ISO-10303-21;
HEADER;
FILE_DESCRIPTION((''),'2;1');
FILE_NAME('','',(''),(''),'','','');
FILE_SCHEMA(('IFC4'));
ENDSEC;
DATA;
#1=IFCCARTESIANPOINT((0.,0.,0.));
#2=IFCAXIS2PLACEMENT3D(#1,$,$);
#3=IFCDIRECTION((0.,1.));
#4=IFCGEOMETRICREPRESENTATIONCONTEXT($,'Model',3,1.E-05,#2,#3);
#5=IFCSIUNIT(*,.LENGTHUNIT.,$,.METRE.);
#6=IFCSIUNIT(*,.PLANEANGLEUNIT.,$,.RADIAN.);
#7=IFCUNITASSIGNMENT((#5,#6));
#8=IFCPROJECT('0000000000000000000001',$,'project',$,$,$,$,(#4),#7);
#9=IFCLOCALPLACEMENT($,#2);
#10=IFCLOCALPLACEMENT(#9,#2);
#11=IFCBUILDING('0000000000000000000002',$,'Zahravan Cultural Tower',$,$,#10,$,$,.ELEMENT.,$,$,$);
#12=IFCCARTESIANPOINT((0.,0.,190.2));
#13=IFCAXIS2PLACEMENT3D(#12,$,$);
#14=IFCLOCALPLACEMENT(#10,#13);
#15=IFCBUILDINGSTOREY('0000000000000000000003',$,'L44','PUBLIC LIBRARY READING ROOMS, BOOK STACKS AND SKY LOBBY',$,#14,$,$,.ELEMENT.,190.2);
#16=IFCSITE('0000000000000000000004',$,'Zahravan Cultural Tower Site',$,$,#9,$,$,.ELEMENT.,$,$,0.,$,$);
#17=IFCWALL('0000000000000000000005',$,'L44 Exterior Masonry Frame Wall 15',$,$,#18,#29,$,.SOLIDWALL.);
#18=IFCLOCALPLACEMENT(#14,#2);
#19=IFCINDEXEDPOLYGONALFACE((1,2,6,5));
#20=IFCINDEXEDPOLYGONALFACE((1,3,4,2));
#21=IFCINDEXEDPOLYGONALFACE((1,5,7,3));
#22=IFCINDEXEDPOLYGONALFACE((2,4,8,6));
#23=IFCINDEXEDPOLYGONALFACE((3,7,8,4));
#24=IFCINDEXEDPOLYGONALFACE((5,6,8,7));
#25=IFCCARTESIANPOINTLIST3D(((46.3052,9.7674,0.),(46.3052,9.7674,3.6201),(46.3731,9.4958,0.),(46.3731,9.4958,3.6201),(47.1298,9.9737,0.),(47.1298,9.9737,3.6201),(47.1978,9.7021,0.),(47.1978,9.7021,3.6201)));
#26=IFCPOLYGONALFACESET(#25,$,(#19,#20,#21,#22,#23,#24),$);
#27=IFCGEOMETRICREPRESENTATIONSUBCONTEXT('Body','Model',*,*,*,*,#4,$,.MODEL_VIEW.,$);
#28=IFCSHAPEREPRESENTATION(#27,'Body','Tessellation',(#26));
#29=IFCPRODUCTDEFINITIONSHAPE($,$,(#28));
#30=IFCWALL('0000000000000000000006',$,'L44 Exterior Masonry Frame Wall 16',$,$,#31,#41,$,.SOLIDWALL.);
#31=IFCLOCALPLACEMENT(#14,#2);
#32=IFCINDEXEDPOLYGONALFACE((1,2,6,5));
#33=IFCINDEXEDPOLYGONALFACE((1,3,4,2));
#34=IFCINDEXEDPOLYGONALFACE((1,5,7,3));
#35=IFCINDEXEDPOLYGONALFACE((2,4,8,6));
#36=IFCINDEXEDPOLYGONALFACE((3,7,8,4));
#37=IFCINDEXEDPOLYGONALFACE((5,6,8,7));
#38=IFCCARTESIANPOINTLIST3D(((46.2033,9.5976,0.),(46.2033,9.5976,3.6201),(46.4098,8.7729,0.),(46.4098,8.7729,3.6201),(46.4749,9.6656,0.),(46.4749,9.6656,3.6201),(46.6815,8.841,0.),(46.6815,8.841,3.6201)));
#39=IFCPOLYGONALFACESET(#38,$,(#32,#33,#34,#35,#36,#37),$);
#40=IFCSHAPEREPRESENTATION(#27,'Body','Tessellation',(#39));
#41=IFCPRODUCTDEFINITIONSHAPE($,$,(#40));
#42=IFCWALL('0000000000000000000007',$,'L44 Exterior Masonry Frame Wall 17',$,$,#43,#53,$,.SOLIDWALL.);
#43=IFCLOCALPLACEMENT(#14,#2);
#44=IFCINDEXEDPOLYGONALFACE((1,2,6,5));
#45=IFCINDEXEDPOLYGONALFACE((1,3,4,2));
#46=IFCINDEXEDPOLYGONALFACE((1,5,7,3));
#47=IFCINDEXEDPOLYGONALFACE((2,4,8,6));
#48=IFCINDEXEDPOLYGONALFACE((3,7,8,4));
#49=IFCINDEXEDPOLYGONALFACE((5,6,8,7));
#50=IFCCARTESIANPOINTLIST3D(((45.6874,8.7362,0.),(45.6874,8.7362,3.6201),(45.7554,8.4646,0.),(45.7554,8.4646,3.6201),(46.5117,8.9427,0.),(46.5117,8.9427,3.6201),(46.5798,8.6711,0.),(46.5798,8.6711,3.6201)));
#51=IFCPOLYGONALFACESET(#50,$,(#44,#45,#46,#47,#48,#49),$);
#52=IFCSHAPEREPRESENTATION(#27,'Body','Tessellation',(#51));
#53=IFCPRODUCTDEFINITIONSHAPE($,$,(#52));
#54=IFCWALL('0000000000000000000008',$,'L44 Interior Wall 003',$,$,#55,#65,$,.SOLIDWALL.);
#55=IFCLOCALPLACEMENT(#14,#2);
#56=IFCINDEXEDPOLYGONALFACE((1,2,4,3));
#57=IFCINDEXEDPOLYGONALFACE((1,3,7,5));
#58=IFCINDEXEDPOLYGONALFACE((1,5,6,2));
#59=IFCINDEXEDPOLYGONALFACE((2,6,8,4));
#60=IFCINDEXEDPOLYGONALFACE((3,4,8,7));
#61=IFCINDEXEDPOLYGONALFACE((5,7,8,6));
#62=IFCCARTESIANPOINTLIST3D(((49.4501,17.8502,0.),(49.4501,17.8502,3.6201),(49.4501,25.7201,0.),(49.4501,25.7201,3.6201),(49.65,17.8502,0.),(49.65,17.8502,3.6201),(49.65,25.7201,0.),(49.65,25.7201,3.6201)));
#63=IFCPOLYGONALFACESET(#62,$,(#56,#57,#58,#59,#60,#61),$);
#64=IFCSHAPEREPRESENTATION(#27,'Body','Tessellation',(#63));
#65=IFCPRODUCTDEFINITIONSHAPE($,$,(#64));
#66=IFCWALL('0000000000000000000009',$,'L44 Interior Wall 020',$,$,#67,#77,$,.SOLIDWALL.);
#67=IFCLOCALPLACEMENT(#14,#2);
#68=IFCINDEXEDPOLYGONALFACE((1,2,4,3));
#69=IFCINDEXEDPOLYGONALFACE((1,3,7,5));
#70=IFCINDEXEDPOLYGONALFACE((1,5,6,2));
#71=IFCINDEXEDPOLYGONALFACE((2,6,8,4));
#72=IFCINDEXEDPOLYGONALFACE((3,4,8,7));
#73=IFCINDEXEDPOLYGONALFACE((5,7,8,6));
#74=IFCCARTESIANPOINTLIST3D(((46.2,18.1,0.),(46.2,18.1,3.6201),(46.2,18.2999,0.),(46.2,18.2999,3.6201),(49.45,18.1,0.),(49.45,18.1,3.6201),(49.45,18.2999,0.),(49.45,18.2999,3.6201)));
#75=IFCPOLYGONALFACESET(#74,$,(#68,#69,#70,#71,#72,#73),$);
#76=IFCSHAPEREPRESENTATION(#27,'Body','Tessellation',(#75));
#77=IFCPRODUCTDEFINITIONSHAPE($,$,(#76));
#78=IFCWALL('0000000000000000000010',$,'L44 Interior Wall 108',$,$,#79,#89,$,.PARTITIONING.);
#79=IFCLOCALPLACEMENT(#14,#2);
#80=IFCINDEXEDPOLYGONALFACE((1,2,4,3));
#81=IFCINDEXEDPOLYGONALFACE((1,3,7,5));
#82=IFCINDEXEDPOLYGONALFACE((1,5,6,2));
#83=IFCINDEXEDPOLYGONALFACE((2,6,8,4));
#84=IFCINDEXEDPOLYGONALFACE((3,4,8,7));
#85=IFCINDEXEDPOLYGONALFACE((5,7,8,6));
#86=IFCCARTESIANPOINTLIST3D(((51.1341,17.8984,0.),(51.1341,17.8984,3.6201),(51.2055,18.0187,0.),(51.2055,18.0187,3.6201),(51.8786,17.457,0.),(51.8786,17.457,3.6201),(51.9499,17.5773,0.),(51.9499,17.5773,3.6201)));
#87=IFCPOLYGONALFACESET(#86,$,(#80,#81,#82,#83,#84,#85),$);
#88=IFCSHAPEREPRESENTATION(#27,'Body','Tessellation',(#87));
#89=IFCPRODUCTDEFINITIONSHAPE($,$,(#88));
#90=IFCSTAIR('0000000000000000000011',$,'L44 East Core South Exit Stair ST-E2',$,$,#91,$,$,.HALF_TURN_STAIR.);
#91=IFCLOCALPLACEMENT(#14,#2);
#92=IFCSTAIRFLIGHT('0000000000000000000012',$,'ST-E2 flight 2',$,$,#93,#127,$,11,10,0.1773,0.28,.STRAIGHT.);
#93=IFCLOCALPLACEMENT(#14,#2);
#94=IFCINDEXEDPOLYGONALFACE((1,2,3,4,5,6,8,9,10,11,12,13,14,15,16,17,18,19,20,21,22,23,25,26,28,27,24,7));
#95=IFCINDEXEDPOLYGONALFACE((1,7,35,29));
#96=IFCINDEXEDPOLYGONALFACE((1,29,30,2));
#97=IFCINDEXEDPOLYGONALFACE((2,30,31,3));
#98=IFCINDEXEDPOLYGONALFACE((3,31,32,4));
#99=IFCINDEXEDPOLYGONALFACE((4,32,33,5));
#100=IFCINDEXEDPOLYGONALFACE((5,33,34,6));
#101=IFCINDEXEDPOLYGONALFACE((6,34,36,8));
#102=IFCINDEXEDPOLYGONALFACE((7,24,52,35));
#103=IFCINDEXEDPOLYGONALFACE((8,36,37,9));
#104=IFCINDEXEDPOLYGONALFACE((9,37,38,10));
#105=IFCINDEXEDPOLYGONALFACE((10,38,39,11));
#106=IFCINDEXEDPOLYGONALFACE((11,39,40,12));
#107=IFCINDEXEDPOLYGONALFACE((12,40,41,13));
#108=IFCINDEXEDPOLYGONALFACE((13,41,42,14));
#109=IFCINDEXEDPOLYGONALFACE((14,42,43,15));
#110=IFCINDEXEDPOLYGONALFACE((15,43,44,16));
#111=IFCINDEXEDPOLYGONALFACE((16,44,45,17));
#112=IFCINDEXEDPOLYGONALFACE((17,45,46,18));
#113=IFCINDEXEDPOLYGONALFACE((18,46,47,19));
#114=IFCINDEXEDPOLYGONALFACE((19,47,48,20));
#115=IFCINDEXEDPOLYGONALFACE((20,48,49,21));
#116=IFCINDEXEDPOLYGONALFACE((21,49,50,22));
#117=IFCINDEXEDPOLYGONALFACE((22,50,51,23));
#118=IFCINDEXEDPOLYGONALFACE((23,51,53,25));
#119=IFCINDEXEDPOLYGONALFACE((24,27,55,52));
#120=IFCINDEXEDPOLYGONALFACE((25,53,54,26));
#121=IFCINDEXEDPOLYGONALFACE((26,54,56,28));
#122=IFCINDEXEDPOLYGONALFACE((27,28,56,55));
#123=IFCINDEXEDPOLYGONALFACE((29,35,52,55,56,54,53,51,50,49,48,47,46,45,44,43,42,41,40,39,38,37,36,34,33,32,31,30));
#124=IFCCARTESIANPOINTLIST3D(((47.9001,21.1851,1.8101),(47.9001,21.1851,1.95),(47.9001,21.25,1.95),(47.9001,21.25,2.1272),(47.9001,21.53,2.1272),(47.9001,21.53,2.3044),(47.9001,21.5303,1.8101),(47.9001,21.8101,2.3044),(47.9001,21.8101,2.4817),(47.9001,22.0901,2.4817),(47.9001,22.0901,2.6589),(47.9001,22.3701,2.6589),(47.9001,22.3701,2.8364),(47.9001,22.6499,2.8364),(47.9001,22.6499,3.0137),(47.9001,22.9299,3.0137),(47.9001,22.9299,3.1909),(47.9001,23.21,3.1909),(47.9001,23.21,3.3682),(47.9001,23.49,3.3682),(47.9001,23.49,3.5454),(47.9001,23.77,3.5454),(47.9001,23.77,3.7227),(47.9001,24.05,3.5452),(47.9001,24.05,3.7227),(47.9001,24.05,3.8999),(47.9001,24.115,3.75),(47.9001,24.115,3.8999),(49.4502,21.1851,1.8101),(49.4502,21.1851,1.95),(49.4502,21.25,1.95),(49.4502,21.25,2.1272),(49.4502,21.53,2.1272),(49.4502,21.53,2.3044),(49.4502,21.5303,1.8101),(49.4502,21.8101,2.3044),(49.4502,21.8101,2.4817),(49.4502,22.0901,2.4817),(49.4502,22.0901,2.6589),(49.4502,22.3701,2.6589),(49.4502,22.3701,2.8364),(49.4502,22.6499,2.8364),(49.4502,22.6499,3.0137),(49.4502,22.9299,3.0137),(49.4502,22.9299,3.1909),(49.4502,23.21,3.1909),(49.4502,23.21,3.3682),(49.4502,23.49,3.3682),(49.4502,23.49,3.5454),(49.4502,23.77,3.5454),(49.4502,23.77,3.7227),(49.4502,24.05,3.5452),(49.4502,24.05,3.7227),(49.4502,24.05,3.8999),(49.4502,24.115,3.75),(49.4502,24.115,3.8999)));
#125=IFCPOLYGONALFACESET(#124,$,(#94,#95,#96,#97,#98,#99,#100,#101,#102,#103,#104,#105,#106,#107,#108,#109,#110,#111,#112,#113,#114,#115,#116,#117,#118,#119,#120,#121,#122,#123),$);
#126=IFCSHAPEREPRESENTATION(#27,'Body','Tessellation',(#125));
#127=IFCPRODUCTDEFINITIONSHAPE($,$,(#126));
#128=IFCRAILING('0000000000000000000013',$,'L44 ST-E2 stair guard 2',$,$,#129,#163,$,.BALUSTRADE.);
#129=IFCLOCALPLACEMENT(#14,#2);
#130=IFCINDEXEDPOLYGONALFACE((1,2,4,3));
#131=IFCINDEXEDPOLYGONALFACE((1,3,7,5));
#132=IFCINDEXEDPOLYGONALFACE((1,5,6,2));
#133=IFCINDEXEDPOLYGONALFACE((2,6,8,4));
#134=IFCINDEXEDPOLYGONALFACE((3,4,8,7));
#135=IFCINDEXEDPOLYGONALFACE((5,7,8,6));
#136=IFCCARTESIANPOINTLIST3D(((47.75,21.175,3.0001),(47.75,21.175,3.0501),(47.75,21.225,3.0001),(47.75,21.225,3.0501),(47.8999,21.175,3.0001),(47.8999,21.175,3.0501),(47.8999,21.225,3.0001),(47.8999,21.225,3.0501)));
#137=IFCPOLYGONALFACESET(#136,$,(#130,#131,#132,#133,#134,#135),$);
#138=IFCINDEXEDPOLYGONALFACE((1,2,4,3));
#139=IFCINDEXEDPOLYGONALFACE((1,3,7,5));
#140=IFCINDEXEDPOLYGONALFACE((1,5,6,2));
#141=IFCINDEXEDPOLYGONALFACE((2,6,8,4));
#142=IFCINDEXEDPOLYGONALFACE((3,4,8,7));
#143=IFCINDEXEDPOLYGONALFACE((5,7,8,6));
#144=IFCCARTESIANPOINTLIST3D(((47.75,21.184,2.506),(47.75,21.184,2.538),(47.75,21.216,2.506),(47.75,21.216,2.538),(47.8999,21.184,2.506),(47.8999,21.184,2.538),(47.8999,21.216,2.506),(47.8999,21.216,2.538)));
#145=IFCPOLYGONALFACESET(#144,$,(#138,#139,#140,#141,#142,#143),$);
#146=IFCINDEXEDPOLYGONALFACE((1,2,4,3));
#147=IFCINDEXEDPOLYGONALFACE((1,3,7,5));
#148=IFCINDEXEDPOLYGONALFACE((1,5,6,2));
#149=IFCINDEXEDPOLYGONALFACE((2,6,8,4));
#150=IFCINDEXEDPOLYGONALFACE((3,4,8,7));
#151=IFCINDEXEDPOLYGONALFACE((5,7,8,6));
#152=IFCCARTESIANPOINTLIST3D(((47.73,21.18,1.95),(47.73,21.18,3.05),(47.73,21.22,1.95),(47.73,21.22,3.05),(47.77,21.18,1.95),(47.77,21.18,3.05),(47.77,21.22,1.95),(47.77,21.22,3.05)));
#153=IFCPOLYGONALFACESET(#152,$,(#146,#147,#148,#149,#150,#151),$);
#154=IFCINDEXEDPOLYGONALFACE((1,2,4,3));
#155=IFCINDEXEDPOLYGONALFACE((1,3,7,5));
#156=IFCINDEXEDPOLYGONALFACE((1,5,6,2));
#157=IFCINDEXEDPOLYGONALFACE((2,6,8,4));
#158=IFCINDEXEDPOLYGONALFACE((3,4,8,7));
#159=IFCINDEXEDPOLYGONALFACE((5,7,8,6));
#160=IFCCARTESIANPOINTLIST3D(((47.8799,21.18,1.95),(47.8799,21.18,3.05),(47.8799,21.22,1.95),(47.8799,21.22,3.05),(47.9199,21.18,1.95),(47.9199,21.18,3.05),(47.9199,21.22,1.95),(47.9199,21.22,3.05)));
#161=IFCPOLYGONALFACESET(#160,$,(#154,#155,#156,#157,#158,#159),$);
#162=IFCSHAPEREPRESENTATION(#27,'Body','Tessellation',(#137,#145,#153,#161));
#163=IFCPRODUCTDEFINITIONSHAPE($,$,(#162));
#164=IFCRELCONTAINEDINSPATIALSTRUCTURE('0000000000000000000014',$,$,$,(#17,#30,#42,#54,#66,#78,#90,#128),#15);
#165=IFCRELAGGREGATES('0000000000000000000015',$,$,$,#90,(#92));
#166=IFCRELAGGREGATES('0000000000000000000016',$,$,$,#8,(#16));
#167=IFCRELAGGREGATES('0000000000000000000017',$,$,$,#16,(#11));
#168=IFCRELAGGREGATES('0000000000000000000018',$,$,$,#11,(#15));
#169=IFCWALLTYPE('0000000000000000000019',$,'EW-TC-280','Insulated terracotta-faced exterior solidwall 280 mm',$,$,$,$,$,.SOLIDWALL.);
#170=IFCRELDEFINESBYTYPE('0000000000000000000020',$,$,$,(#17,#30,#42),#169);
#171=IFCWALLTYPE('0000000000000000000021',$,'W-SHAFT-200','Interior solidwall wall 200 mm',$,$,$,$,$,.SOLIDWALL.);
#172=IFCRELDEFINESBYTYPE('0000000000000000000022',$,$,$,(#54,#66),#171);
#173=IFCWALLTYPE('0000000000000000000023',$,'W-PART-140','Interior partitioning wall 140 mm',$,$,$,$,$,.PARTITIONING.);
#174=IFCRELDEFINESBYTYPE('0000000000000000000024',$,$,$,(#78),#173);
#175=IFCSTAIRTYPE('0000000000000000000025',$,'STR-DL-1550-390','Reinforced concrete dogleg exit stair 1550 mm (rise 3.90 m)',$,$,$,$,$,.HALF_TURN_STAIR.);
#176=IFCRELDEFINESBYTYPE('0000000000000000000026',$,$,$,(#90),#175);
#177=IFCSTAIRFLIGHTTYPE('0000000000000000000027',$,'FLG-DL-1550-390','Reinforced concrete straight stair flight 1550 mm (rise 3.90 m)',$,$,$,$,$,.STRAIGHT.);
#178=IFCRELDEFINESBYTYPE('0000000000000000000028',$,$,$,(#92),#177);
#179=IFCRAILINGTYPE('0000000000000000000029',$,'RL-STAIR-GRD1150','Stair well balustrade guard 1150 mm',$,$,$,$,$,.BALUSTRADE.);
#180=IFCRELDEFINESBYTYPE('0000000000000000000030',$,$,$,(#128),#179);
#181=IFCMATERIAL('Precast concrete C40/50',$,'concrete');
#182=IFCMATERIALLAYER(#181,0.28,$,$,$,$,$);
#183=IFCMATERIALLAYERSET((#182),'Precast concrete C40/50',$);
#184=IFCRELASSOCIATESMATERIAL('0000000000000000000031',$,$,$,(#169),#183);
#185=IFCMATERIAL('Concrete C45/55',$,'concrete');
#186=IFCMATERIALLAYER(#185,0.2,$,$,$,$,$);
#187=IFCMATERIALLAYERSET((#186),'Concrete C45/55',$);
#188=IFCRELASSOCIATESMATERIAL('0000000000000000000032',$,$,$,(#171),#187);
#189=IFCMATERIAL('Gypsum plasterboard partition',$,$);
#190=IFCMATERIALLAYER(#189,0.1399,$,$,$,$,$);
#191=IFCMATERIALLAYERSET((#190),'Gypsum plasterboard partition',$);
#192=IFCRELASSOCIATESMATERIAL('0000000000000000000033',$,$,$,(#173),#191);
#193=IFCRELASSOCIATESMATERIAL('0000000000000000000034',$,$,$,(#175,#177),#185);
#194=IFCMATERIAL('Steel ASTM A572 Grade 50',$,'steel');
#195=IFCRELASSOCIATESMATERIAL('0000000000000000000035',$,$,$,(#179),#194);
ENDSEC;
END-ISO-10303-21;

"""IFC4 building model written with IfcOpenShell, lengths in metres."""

from ifc_helpers import new_model, si_unit, direction, frame, frame_2d, origin, origin_2d, place, context, subcontext, project, spatial, polyline, rectangle, outline, extrude, source, transform, mapped, material, layer, layer_set, type_object, element, aggregate, save


model = new_model("IFC4")

# Units and contexts
model_context = context("Model", 3, precision=1e-05, world=origin(), true_north=direction((0.0, 1.0)))
body_context = subcontext(model_context, "Body", "Model", "MODEL_VIEW")
ifc_project = project(units=[si_unit("LENGTHUNIT", "METRE"), si_unit("PLANEANGLEUNIT", "RADIAN")], contexts=[model_context])

# Site, building, storey
site_placement = place(None, origin())
site = spatial("IfcSite", under=ifc_project, at=site_placement, Name="Zahravan Cultural Tower Site", CompositionType="ELEMENT", RefElevation=0.0)
building_placement = place(site_placement, origin())
building = spatial("IfcBuilding", under=site, at=building_placement, Name="Zahravan Cultural Tower", CompositionType="ELEMENT")
storey_placement = place(building_placement, frame((0.0, 0.0, 190.2)))
storey = spatial("IfcBuildingStorey", under=building, at=storey_placement, Name="L44", Description="PUBLIC LIBRARY READING ROOMS, BOOK STACKS AND SKY LOBBY", CompositionType="ELEMENT", Elevation=190.2)

# Shared definitions
ifc_material_1 = material(Name="Precast concrete C40/50", Category="concrete")
ifc_layer_1 = layer(ifc_material_1, 0.28)
ifc_layer_set_1 = layer_set([ifc_layer_1], Name="Precast concrete C40/50")
wall_type_1 = type_object("IfcWallType", Name="EW-TC-280", Description="Insulated terracotta-faced exterior solidwall 280 mm", PredefinedType="SOLIDWALL", material=ifc_layer_set_1)

# Shared definitions
ifc_material_2 = material(Name="Concrete C45/55", Category="concrete")
ifc_layer_2 = layer(ifc_material_2, 0.2)
ifc_layer_set_2 = layer_set([ifc_layer_2], Name="Concrete C45/55")
wall_type_2 = type_object("IfcWallType", Name="W-SHAFT-200", Description="Interior solidwall wall 200 mm", PredefinedType="SOLIDWALL", material=ifc_layer_set_2)
ifc_material_3 = material(Name="Steel ASTM A572 Grade 50", Category="steel")

# Walls
shared_shape_1 = source(origin(), body_context, "Body", "SweptSolid", [
    extrude(rectangle(XDim=0.8501, YDim=0.28, at=frame_2d((0.425, 0.0))), origin(), (0.0, 0.0, 1.0), 3.6201),
])
for number, where, z_axis, x_axis, name in (
    (1, (47.1638, 9.8379, 0.0), (0.0, 0.0, 1.0), (-0.970109, -0.242671, 0.0), "L44 Exterior Masonry Frame Wall 15"),
    (2, (46.3391, 9.6316, 0.0), (0.0, 0.0, 1.0), (0.242941, -0.970041, 0.0), "L44 Exterior Masonry Frame Wall 16"),
):
    element("IfcWall", number, at=place(storey_placement, frame(where, z_axis=z_axis, x_axis=x_axis)), inside=storey, type_object=wall_type_1, Name=name, PredefinedType="SOLIDWALL", context=body_context, shape_type="MappedRepresentation", body=[
        mapped(shared_shape_1, transform((0.0, 0.0, 0.0), x_axis=(1.0, 0.0, 0.0), y_axis=(0.0, 1.0, 0.0), z_axis=(0.0, 0.0, 1.0), scale=1.0)),
    ])
shared_shape_2 = source(origin(), body_context, "Body", "SweptSolid", [
    extrude(rectangle(XDim=0.8499, YDim=0.28, at=frame_2d((0.4248, 0.0))), origin(), (0.0, 0.0, 1.0), 3.6201),
])
wall_1_placement = place(storey_placement, frame((46.5457, 8.8069, 0.0), z_axis=(0.0, 0.0, 1.0), x_axis=(-0.970024, -0.243009, 0.0)))
element("IfcWall", 3, at=wall_1_placement, inside=storey, type_object=wall_type_1, Name="L44 Exterior Masonry Frame Wall 17", PredefinedType="SOLIDWALL", context=body_context, shape_type="MappedRepresentation", body=[
    mapped(shared_shape_2, transform((0.0, 0.0, 0.0), x_axis=(1.0, 0.0, 0.0), y_axis=(0.0, 1.0, 0.0), z_axis=(0.0, 0.0, 1.0), scale=1.0)),
])
shared_shape_3 = source(origin(), body_context, "Body", "SweptSolid", [
    extrude(rectangle(XDim=7.8699, YDim=0.2, at=frame_2d((3.9351, 0.0))), origin(), (0.0, 0.0, 1.0), 3.6201),
])
wall_2_placement = place(storey_placement, frame((49.55, 17.8501, 0.0), z_axis=(0.0, 0.0, 1.0), x_axis=(0.0, 1.0, 0.0)))
element("IfcWall", 4, at=wall_2_placement, inside=storey, type_object=wall_type_2, Name="L44 Interior Wall 003", PredefinedType="SOLIDWALL", context=body_context, shape_type="MappedRepresentation", body=[
    mapped(shared_shape_3, transform((0.0, 0.0, 0.0), x_axis=(1.0, 0.0, 0.0), y_axis=(0.0, 1.0, 0.0), z_axis=(0.0, 0.0, 1.0), scale=1.0)),
])
shared_shape_4 = source(origin(), body_context, "Body", "SweptSolid", [
    extrude(rectangle(XDim=3.25, YDim=0.2, at=frame_2d((1.625, 0.0))), origin(), (0.0, 0.0, 1.0), 3.6201),
])
wall_3_placement = place(storey_placement, frame((46.2, 18.2, 0.0), z_axis=(0.0, 0.0, 1.0), x_axis=(1.0, 0.0, 0.0)))
element("IfcWall", 5, at=wall_3_placement, inside=storey, type_object=wall_type_2, Name="L44 Interior Wall 020", PredefinedType="SOLIDWALL", context=body_context, shape_type="MappedRepresentation", body=[
    mapped(shared_shape_4, transform((0.0, 0.0, 0.0), x_axis=(1.0, 0.0, 0.0), y_axis=(0.0, 1.0, 0.0), z_axis=(0.0, 0.0, 1.0), scale=1.0)),
])
ifc_material_4 = material(Name="Gypsum plasterboard partition")
ifc_layer_3 = layer(ifc_material_4, 0.1399)
ifc_layer_set_3 = layer_set([ifc_layer_3], Name="Gypsum plasterboard partition")
wall_type_3 = type_object("IfcWallType", Name="W-PART-140", Description="Interior partitioning wall 140 mm", PredefinedType="PARTITIONING", material=ifc_layer_set_3)
shared_shape_5 = source(origin(), body_context, "Body", "SweptSolid", [
    extrude(rectangle(XDim=0.8655, YDim=0.1399, at=frame_2d((0.4326, 0.0))), origin(), (0.0, 0.0, 1.0), 3.6201),
])
wall_4_placement = place(storey_placement, frame((51.1699, 17.9585, 0.0), z_axis=(0.0, 0.0, 1.0), x_axis=(0.860145, -0.51005, 0.0)))
element("IfcWall", 6, at=wall_4_placement, inside=storey, type_object=wall_type_3, Name="L44 Interior Wall 108", PredefinedType="PARTITIONING", context=body_context, shape_type="MappedRepresentation", body=[
    mapped(shared_shape_5, transform((0.0, 0.0, 0.0), x_axis=(1.0, 0.0, 0.0), y_axis=(0.0, 1.0, 0.0), z_axis=(0.0, 0.0, 1.0), scale=1.0)),
])

# Stair, stair flight
stair_type = type_object("IfcStairType", Name="STR-DL-1550-390", Description="Reinforced concrete dogleg exit stair 1550 mm (rise 3.90 m)", PredefinedType="HALF_TURN_STAIR", material=ifc_material_2)
stair_placement = place(storey_placement, origin())
stair = element("IfcStair", 7, at=stair_placement, inside=storey, type_object=stair_type, Name="L44 East Core South Exit Stair ST-E2", PredefinedType="HALF_TURN_STAIR")
stair_flight_type = type_object("IfcStairFlightType", Name="FLG-DL-1550-390", Description="Reinforced concrete straight stair flight 1550 mm (rise 3.90 m)", PredefinedType="STRAIGHT", material=ifc_material_2)
stair_flight_placement = place(storey_placement, frame((48.675, 21.25, 1.95), z_axis=(0.0, 0.0, 1.0), x_axis=(0.0, 1.0, 0.0)))
stair_flight = element("IfcStairFlight", 8, at=stair_flight_placement, type_object=stair_flight_type, Name="ST-E2 flight 2", NumberOfRisers=11, NumberOfTreads=10, PredefinedType="STRAIGHT", RiserHeight=0.1773, TreadLength=0.28, context=body_context, shape_type="SweptSolid", body=[
    extrude(outline(polyline([(-0.0649, -0.1399), (-0.0649, 0.0), (0.0, 0.0), (0.0, 0.1772), (0.28, 0.1772), (0.28, 0.3545), (0.5601, 0.3545), (0.5601, 0.5317), (0.8401, 0.5317), (0.8401, 0.709), (1.1201, 0.709), (1.1201, 0.8865), (1.3999, 0.8865), (1.3999, 1.0637), (1.6799, 1.0637), (1.6799, 1.241), (1.96, 1.241), (1.96, 1.4182), (2.24, 1.4182), (2.24, 1.5955), (2.52, 1.5955), (2.52, 1.7727), (2.8, 1.7727), (2.8, 1.95), (2.865, 1.95), (2.865, 1.8), (2.8, 1.5952), (0.2803, -0.1399), (-0.0649, -0.1399)])), frame((0.0, 0.7749, 0.0), z_axis=(0.0, -1.0, 0.0), x_axis=(1.0, 0.0, 0.0)), (0.0, 0.0, 1.0), 1.55),
])
aggregate(stair, [stair_flight])

# Railing
railing_type = type_object("IfcRailingType", Name="RL-STAIR-GRD1150", Description="Stair well balustrade guard 1150 mm", PredefinedType="BALUSTRADE", material=ifc_material_3)
railing_1_placement = place(storey_placement, frame((47.75, 21.2, 1.95)))
element("IfcRailing", 9, at=railing_1_placement, inside=storey, type_object=railing_type, Name="L44 ST-E2 stair guard 2", PredefinedType="BALUSTRADE", context=body_context, shape_type="SweptSolid", body=[
    extrude(rectangle(XDim=0.05, YDim=0.05, at=origin_2d()), frame((0.0, 0.0, 1.0752), z_axis=(1.0, 0.0, 0.0), x_axis=(0.0, 1.0, 0.0)), (0.0, 0.0, 1.0), 0.1499),
    extrude(rectangle(XDim=0.032, YDim=0.032, at=origin_2d()), frame((0.0, 0.0, 0.572), z_axis=(1.0, 0.0, 0.0), x_axis=(0.0, 1.0, 0.0)), (0.0, 0.0, 1.0), 0.1499),
    extrude(rectangle(XDim=0.04, YDim=0.04, at=origin_2d()), origin(), (0.0, 0.0, 1.0), 1.1001),
    extrude(rectangle(XDim=0.04, YDim=0.04, at=origin_2d()), frame((0.1499, 0.0, 0.0)), (0.0, 0.0, 1.0), 1.1001),
])

save(model, "model.ifc")
